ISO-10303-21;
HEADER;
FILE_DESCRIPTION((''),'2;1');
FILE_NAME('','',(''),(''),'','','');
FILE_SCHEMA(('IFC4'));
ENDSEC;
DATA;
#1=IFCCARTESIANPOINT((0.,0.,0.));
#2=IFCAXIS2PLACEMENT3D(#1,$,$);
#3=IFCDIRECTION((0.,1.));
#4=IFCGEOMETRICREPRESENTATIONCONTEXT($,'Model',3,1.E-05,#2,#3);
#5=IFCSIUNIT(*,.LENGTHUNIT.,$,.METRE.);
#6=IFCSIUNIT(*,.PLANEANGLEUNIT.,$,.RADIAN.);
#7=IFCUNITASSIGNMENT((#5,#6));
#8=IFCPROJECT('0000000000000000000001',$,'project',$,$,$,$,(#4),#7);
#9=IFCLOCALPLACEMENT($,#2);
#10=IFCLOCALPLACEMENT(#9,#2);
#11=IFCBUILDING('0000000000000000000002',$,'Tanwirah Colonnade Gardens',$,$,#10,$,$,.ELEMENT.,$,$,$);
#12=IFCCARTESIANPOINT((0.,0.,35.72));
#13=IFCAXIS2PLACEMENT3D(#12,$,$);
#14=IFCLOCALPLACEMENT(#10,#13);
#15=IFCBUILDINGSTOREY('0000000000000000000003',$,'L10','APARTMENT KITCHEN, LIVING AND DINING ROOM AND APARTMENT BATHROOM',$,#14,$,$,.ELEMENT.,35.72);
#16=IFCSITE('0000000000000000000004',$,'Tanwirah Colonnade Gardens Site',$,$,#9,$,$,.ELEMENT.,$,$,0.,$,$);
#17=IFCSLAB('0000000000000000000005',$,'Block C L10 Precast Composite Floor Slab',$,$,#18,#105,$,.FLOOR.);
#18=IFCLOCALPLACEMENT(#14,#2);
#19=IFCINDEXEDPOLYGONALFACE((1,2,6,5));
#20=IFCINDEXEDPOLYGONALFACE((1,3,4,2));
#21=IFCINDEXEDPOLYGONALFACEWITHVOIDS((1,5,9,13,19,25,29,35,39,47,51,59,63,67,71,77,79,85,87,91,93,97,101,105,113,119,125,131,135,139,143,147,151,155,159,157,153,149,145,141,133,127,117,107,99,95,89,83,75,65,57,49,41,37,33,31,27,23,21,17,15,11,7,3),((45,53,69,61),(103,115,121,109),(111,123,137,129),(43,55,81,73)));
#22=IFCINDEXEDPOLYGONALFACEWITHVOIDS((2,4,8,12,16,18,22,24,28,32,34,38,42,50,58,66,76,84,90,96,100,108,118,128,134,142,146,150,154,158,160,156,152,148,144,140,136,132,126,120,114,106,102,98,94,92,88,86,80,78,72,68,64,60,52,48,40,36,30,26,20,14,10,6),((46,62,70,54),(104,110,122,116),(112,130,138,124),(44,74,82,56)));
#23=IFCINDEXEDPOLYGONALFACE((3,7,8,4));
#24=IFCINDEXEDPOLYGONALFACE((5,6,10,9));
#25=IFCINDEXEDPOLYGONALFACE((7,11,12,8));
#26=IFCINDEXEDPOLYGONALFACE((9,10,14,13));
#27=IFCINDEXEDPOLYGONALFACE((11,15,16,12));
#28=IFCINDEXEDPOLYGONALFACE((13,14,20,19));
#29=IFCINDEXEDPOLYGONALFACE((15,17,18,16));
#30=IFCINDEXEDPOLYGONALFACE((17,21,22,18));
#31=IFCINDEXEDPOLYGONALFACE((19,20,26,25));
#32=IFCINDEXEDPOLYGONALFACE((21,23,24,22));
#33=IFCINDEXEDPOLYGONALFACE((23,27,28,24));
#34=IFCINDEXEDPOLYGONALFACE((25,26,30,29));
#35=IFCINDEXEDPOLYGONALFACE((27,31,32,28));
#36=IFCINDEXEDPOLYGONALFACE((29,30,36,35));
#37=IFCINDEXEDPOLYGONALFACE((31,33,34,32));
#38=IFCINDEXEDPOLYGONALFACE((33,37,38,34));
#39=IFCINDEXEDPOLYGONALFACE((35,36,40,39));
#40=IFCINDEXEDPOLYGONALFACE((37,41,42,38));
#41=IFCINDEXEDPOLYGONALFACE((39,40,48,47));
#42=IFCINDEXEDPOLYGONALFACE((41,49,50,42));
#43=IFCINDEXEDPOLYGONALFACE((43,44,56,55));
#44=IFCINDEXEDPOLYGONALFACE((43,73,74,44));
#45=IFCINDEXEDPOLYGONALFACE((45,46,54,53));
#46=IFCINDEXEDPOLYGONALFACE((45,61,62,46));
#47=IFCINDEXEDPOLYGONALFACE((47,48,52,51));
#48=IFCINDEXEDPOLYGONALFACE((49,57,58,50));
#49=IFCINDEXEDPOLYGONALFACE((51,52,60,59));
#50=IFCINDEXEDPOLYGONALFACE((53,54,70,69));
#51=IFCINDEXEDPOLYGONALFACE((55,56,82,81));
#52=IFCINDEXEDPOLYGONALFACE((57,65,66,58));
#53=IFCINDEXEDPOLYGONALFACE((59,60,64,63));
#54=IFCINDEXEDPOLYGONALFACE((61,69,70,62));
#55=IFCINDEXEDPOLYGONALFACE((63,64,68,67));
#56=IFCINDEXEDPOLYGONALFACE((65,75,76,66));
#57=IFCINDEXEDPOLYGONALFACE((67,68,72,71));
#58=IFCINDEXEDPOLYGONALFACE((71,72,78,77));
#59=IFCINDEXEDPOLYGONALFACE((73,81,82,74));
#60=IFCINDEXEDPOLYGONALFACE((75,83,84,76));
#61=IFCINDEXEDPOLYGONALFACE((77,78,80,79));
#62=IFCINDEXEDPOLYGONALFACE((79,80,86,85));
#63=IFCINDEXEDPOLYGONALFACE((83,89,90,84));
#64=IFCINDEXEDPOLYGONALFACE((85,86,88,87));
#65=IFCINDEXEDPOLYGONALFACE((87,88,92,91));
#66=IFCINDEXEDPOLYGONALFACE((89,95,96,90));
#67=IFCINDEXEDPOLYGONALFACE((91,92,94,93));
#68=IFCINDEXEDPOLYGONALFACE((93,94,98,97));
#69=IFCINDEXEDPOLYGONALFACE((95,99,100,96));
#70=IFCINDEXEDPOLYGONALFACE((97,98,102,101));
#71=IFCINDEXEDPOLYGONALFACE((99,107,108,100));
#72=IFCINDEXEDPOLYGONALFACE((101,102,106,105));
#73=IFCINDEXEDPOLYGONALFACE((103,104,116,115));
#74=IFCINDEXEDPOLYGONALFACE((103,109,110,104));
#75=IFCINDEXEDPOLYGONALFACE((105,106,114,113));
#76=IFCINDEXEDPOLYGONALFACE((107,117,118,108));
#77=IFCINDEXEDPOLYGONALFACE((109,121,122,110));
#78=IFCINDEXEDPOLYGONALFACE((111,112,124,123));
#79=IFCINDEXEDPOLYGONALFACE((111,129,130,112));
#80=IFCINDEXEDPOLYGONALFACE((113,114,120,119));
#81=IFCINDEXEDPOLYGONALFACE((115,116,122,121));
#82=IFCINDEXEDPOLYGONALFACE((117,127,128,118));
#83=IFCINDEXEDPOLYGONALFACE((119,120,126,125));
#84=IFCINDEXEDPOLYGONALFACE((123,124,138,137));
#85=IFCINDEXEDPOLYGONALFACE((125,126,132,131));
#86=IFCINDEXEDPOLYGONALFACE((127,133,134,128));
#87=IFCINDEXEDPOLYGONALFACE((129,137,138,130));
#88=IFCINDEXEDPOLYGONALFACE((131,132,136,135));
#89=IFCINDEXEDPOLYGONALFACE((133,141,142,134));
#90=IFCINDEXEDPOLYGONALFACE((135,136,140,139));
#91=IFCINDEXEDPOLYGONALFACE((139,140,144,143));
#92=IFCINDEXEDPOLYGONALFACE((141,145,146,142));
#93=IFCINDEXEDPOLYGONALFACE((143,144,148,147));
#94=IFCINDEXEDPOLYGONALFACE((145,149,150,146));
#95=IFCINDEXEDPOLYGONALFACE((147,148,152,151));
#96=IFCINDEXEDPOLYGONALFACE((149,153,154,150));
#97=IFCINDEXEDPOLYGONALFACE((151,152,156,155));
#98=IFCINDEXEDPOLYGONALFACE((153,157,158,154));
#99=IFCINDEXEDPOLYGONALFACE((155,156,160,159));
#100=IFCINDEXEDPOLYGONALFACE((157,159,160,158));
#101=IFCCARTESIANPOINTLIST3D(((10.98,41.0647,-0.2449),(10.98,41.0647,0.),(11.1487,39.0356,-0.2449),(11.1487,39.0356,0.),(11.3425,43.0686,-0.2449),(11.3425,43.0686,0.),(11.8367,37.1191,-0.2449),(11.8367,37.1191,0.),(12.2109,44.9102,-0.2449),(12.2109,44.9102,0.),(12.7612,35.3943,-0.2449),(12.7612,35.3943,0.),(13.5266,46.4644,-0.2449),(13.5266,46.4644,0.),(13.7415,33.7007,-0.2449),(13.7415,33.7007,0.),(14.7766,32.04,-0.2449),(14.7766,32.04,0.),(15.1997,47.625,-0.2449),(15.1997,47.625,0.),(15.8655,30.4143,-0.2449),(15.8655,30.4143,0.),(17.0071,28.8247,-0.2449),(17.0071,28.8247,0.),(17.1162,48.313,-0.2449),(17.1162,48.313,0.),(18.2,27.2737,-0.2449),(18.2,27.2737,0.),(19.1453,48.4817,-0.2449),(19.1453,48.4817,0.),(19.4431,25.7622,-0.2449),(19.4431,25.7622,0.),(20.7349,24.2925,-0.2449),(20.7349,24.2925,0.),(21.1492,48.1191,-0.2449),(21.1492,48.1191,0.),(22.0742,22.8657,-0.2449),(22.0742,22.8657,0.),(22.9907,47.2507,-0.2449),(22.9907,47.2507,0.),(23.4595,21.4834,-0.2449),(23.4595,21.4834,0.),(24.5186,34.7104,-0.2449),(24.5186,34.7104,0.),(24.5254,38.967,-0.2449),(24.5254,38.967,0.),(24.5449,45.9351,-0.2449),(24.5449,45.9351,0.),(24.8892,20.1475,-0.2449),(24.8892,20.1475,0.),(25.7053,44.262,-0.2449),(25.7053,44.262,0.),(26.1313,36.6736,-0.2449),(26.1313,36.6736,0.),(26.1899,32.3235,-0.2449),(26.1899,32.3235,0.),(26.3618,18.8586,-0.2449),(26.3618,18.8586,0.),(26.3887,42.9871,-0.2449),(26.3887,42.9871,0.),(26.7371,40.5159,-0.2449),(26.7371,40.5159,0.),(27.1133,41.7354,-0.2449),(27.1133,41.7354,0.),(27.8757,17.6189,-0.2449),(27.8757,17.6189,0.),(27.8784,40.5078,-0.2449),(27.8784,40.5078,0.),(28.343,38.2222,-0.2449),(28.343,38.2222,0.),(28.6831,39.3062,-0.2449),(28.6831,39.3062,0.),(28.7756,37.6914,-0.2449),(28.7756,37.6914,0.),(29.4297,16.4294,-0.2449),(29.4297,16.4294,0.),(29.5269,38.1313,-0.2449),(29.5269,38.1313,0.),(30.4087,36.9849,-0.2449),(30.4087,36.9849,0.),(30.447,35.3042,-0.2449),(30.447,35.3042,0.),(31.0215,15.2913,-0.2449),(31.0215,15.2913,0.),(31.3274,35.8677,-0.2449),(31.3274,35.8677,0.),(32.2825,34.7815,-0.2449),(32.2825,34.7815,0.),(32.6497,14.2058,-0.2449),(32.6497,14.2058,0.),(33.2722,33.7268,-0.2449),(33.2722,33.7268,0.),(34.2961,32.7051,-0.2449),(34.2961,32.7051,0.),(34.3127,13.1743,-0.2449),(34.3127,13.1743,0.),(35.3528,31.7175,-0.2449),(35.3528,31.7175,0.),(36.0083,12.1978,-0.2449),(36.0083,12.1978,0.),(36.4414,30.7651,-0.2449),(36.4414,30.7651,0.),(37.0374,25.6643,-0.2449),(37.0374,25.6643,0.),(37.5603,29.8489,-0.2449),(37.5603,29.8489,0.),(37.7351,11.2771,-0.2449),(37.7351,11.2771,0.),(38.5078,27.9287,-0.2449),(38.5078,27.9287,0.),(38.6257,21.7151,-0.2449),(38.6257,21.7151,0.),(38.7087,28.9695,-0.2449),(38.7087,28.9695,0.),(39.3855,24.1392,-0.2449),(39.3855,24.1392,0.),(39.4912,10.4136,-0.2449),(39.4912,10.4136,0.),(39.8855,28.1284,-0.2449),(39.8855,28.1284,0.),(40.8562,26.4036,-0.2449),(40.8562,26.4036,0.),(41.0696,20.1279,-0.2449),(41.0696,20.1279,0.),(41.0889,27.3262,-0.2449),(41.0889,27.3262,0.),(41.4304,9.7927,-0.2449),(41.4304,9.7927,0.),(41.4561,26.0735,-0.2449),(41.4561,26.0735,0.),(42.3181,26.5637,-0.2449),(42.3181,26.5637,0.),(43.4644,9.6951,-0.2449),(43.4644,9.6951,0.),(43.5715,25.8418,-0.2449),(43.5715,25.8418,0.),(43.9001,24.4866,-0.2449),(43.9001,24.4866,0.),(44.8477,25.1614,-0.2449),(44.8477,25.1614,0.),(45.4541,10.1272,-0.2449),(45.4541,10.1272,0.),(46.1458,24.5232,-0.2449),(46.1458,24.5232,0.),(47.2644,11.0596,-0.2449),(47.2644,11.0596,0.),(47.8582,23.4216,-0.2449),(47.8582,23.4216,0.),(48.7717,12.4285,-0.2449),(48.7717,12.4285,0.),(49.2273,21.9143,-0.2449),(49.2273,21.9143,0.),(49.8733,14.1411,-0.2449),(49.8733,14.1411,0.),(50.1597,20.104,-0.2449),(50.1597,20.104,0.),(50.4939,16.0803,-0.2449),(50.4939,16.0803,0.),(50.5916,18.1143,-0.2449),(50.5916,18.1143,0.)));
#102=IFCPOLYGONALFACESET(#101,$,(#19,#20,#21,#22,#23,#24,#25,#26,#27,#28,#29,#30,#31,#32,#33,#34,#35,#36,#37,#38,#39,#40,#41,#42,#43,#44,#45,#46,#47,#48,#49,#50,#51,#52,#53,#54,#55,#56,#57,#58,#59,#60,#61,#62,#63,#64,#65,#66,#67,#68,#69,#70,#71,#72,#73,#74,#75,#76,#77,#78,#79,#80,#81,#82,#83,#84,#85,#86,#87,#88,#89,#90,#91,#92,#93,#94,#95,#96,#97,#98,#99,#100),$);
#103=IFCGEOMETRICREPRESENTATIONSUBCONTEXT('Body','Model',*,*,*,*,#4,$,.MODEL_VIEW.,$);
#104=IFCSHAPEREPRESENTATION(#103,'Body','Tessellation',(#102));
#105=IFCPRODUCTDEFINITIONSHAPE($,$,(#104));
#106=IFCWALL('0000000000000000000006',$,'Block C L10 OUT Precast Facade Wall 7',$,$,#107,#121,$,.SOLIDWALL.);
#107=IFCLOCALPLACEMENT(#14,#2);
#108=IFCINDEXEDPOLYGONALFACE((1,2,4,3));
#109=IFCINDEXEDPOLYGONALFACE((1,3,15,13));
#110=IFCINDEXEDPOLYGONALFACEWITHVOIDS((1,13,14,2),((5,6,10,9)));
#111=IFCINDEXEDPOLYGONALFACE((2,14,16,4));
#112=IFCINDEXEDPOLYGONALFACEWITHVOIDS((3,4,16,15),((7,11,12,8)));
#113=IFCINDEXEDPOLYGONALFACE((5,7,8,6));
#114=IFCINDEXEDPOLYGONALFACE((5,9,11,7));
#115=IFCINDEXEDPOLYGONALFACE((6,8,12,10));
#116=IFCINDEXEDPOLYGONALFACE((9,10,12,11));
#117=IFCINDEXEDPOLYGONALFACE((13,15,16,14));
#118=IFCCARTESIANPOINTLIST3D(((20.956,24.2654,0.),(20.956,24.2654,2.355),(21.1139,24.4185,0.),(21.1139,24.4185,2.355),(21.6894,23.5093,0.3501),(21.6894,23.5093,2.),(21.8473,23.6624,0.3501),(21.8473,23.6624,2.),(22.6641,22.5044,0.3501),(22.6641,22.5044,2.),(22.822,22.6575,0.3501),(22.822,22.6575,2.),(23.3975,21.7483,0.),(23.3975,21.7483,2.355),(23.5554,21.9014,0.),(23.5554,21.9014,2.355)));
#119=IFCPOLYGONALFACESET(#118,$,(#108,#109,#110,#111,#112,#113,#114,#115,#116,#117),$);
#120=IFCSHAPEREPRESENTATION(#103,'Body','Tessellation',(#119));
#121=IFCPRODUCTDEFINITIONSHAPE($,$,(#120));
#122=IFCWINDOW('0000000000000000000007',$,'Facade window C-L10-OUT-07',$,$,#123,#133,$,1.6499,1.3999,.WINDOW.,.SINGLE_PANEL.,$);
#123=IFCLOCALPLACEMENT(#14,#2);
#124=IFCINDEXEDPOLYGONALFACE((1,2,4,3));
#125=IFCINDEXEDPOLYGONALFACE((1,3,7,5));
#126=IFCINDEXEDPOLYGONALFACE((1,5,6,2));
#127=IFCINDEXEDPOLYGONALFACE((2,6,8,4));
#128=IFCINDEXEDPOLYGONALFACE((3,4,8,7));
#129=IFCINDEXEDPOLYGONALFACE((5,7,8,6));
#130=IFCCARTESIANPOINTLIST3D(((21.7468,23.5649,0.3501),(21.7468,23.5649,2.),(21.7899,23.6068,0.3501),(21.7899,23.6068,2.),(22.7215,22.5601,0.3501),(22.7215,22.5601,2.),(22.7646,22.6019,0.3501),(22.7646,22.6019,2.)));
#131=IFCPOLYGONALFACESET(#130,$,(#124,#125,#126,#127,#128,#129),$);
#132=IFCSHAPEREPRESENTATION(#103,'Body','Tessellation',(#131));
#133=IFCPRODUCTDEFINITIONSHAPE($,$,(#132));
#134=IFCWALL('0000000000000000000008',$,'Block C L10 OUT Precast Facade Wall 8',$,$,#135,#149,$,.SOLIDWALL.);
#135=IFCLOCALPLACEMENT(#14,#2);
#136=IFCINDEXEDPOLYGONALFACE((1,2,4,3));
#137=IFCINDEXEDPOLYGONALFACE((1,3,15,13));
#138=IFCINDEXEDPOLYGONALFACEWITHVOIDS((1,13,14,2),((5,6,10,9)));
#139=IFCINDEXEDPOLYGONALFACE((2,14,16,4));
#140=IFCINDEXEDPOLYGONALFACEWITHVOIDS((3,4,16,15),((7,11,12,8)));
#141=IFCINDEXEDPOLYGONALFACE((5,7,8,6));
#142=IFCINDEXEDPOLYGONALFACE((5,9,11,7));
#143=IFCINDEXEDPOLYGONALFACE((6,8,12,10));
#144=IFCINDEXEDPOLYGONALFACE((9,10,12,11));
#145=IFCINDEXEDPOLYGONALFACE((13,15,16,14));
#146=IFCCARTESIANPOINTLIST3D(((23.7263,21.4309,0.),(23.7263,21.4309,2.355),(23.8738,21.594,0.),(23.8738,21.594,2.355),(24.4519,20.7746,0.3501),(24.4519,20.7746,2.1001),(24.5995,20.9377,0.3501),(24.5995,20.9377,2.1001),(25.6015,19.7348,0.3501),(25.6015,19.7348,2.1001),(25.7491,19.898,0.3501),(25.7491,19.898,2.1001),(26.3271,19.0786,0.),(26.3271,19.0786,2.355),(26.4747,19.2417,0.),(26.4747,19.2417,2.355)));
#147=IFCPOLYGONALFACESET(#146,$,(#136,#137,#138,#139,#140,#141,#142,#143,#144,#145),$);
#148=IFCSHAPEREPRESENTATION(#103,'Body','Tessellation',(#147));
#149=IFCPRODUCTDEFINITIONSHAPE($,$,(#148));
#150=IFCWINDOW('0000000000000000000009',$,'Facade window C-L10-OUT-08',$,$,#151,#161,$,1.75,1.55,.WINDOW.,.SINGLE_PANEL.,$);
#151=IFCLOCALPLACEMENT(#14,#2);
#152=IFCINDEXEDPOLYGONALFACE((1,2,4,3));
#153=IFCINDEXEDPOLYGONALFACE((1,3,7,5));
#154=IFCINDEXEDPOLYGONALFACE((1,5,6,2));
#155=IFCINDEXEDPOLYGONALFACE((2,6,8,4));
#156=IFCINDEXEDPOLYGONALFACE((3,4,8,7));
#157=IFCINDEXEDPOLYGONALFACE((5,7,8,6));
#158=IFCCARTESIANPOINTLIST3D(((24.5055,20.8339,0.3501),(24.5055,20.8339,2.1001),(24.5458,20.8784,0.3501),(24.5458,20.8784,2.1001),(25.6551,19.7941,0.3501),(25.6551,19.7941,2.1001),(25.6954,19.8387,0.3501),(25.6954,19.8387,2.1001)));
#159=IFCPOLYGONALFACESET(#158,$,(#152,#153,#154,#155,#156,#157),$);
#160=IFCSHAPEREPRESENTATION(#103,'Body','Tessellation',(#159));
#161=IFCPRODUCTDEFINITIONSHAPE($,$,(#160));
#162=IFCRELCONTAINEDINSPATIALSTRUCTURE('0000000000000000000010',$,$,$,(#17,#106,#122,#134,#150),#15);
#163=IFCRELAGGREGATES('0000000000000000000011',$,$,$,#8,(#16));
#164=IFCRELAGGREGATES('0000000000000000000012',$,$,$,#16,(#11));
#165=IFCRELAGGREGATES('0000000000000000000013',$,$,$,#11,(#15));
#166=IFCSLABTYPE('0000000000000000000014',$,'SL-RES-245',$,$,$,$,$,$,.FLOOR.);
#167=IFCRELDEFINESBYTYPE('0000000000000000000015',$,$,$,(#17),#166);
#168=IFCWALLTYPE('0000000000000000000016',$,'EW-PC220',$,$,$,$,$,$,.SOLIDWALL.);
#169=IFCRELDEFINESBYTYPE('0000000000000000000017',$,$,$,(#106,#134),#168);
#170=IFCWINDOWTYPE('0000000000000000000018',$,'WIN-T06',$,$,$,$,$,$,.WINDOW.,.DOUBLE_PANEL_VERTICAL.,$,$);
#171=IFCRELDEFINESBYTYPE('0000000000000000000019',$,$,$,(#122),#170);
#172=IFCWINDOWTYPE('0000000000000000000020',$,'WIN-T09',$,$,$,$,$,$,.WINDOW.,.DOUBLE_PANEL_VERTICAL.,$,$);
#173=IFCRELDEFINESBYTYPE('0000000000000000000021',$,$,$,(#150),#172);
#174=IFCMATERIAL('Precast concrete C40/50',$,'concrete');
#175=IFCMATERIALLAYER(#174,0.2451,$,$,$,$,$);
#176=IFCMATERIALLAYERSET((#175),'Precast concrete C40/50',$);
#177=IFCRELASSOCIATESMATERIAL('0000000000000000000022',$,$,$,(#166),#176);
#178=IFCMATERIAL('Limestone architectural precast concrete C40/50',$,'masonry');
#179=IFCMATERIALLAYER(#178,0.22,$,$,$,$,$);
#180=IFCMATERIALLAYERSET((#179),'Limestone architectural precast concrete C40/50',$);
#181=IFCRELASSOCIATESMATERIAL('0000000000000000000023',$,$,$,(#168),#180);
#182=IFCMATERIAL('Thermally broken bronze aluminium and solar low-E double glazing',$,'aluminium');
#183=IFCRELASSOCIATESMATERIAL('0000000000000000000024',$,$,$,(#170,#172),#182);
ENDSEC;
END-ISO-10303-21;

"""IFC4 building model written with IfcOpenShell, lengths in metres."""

from ifc_helpers import new_model, si_unit, direction, frame, frame_2d, origin, place, context, subcontext, project, spatial, polyline, rectangle, outline, extrude, material, layer, layer_set, type_object, element, fill, save


model = new_model("IFC4")

# Units and contexts
model_context = context("Model", 3, precision=1e-05, world=origin(), true_north=direction((0.0, 1.0)))
body_context = subcontext(model_context, "Body", "Model", "MODEL_VIEW")
ifc_project = project(units=[si_unit("LENGTHUNIT", "METRE"), si_unit("PLANEANGLEUNIT", "RADIAN")], contexts=[model_context])

# Site, building, storey
site_placement = place(None, origin())
site = spatial("IfcSite", under=ifc_project, at=site_placement, Name="Tanwirah Colonnade Gardens Site", CompositionType="ELEMENT", RefElevation=0.0)
building_placement = place(site_placement, origin())
building = spatial("IfcBuilding", under=site, at=building_placement, Name="Tanwirah Colonnade Gardens", CompositionType="ELEMENT")
storey_placement = place(building_placement, frame((0.0, 0.0, 35.72)))
storey = spatial("IfcBuildingStorey", under=building, at=storey_placement, Name="L10", Description="APARTMENT KITCHEN, LIVING AND DINING ROOM AND APARTMENT BATHROOM", CompositionType="ELEMENT", Elevation=35.72)

# Shared definitions
ifc_material_1 = material(Name="Precast concrete C40/50", Category="concrete")

# Slab
ifc_layer_1 = layer(ifc_material_1, 0.2451)
ifc_layer_set_1 = layer_set([ifc_layer_1], Name="Precast concrete C40/50")
slab_type_1 = type_object("IfcSlabType", Name="SL-RES-245", PredefinedType="FLOOR", material=ifc_layer_set_1)
slab_1_placement = place(storey_placement, frame((0.0, 0.0, -0.2449)))
element("IfcSlab", 1, at=slab_1_placement, inside=storey, type_object=slab_type_1, Name="Block C L10 Precast Composite Floor Slab", PredefinedType="FLOOR", context=body_context, shape_type="SweptSolid", body=[
    extrude(outline(polyline([(27.1133, 41.7354), (26.3887, 42.9871), (25.7053, 44.262), (24.5449, 45.9351), (22.9907, 47.2507), (21.1492, 48.1191), (19.1453, 48.4817), (17.1162, 48.313), (15.1997, 47.625), (13.5266, 46.4644), (12.2109, 44.9102), (11.3425, 43.0686), (10.98, 41.0647), (11.1487, 39.0356), (11.8367, 37.1191), (12.7612, 35.3943), (13.7415, 33.7007), (14.7766, 32.04), (15.8655, 30.4143), (17.0071, 28.8247), (18.2, 27.2737), (19.4431, 25.7622), (20.7349, 24.2925), (22.0742, 22.8657), (23.4595, 21.4834), (24.8892, 20.1475), (26.3618, 18.8586), (27.8757, 17.6189), (29.4297, 16.4294), (31.0215, 15.2913), (32.6497, 14.2058), (34.3127, 13.1743), (36.0083, 12.1978), (37.7351, 11.2771), (39.4912, 10.4136), (41.4304, 9.7927), (43.4644, 9.6951), (45.4541, 10.1272), (47.2644, 11.0596), (48.7717, 12.4285), (49.8733, 14.1411), (50.4939, 16.0803), (50.5916, 18.1143), (50.1597, 20.104), (49.2273, 21.9143), (47.8582, 23.4216), (46.1458, 24.5232), (44.8477, 25.1614), (43.5715, 25.8418), (42.3181, 26.5637), (41.0889, 27.3262), (39.8855, 28.1284), (38.7087, 28.9695), (37.5603, 29.8489), (36.4414, 30.7651), (35.3528, 31.7175), (34.2961, 32.7051), (33.2722, 33.7268), (32.2825, 34.7815), (31.3274, 35.8677), (30.4087, 36.9849), (29.5269, 38.1313), (28.6831, 39.3062), (27.8784, 40.5078), (27.1133, 41.7354)]), holes=[polyline([(24.5186, 34.7104), (28.7756, 37.6914), (30.447, 35.3042), (26.1899, 32.3235), (24.5186, 34.7104)]), polyline([(26.7371, 40.5159), (28.343, 38.2222), (26.1313, 36.6736), (24.5254, 38.967), (26.7371, 40.5159)]), polyline([(43.9001, 24.4866), (41.0696, 20.1279), (38.6257, 21.7151), (41.4561, 26.0735), (43.9001, 24.4866)]), polyline([(39.3855, 24.1392), (37.0374, 25.6643), (38.5078, 27.9287), (40.8562, 26.4036), (39.3855, 24.1392)])]), origin(), (0.0, 0.0, 1.0), 0.2449),
])

# Walls, openings, windows
ifc_material_2 = material(Name="Limestone architectural precast concrete C40/50", Category="masonry")
ifc_layer_2 = layer(ifc_material_2, 0.22)
ifc_layer_set_2 = layer_set([ifc_layer_2], Name="Limestone architectural precast concrete C40/50")
wall_type_1 = type_object("IfcWallType", Name="EW-PC220", PredefinedType="SOLIDWALL", material=ifc_layer_set_2)
wall_1_placement = place(storey_placement, frame((21.0349, 24.342, 0.0), z_axis=(0.0, 0.0, 1.0), x_axis=(0.696233, -0.717816, 0.0)))
wall_1 = element("IfcWall", 2, at=wall_1_placement, inside=storey, type_object=wall_type_1, Name="Block C L10 OUT Precast Facade Wall 7", PredefinedType="SOLIDWALL", context=body_context, shape_type="SweptSolid", body=[
    extrude(rectangle(XDim=3.5066, YDim=0.22, at=frame_2d((1.7534, 0.0))), origin(), (0.0, 0.0, 1.0), 2.355),
])
opening_1_placement = place(wall_1_placement, frame((1.0535, 0.0, 0.3501)))
opening_1 = element("IfcOpeningElement", 3, at=opening_1_placement, cuts=wall_1, PredefinedType="OPENING", context=body_context, shape_type="SweptSolid", body=[
    extrude(rectangle(XDim=1.3999, YDim=1.6499, at=frame_2d((0.7, 0.825))), frame((0.0, 0.1199, 0.0), z_axis=(0.0, -1.0, 0.0), x_axis=(1.0, 0.0, 0.0)), (0.0, 0.0, 1.0), 0.24),
])
ifc_material_3 = material(Name="Thermally broken bronze aluminium and solar low-E double glazing", Category="aluminium")
window_type_1 = type_object("IfcWindowType", Name="WIN-T06", PartitioningType="DOUBLE_PANEL_VERTICAL", PredefinedType="WINDOW", material=ifc_material_3)
window_1_placement = place(opening_1_placement, origin())
window_1 = element("IfcWindow", 4, at=window_1_placement, inside=storey, type_object=window_type_1, Name="Facade window C-L10-OUT-07", OverallHeight=1.6499, OverallWidth=1.3999, PartitioningType="SINGLE_PANEL", PredefinedType="WINDOW", context=body_context, shape_type="SweptSolid", body=[
    extrude(rectangle(XDim=1.3999, YDim=1.6499, at=frame_2d((0.7, 0.825))), frame((0.0, 0.03, 0.0), z_axis=(0.0, -1.0, 0.0), x_axis=(1.0, 0.0, 0.0)), (0.0, 0.0, 1.0), 0.0601),
])
fill(opening_1, window_1)
wall_2_placement = place(storey_placement, frame((23.8, 21.5125, 0.0), z_axis=(0.0, 0.0, 1.0), x_axis=(0.741655, -0.670782, 0.0)))
wall_2 = element("IfcWall", 5, at=wall_2_placement, inside=storey, type_object=wall_type_1, Name="Block C L10 OUT Precast Facade Wall 8", PredefinedType="SOLIDWALL", context=body_context, shape_type="SweptSolid", body=[
    extrude(rectangle(XDim=3.5068, YDim=0.22, at=frame_2d((1.7534, 0.0))), origin(), (0.0, 0.0, 1.0), 2.355),
])
opening_2_placement = place(wall_2_placement, frame((0.9785, 0.0, 0.3501)))
opening_2 = element("IfcOpeningElement", 6, at=opening_2_placement, cuts=wall_2, PredefinedType="OPENING", context=body_context, shape_type="SweptSolid", body=[
    extrude(rectangle(XDim=1.55, YDim=1.75, at=frame_2d((0.7749, 0.875))), frame((0.0, 0.1199, 0.0), z_axis=(0.0, -1.0, 0.0), x_axis=(1.0, 0.0, 0.0)), (0.0, 0.0, 1.0), 0.24),
])
window_type_2 = type_object("IfcWindowType", Name="WIN-T09", PartitioningType="DOUBLE_PANEL_VERTICAL", PredefinedType="WINDOW", material=ifc_material_3)
window_2_placement = place(opening_2_placement, origin())
window_2 = element("IfcWindow", 7, at=window_2_placement, inside=storey, type_object=window_type_2, Name="Facade window C-L10-OUT-08", OverallHeight=1.75, OverallWidth=1.55, PartitioningType="SINGLE_PANEL", PredefinedType="WINDOW", context=body_context, shape_type="SweptSolid", body=[
    extrude(rectangle(XDim=1.55, YDim=1.75, at=frame_2d((0.7749, 0.875))), frame((0.0, 0.03, 0.0), z_axis=(0.0, -1.0, 0.0), x_axis=(1.0, 0.0, 0.0)), (0.0, 0.0, 1.0), 0.0601),
])
fill(opening_2, window_2)

save(model, "model.ifc")
